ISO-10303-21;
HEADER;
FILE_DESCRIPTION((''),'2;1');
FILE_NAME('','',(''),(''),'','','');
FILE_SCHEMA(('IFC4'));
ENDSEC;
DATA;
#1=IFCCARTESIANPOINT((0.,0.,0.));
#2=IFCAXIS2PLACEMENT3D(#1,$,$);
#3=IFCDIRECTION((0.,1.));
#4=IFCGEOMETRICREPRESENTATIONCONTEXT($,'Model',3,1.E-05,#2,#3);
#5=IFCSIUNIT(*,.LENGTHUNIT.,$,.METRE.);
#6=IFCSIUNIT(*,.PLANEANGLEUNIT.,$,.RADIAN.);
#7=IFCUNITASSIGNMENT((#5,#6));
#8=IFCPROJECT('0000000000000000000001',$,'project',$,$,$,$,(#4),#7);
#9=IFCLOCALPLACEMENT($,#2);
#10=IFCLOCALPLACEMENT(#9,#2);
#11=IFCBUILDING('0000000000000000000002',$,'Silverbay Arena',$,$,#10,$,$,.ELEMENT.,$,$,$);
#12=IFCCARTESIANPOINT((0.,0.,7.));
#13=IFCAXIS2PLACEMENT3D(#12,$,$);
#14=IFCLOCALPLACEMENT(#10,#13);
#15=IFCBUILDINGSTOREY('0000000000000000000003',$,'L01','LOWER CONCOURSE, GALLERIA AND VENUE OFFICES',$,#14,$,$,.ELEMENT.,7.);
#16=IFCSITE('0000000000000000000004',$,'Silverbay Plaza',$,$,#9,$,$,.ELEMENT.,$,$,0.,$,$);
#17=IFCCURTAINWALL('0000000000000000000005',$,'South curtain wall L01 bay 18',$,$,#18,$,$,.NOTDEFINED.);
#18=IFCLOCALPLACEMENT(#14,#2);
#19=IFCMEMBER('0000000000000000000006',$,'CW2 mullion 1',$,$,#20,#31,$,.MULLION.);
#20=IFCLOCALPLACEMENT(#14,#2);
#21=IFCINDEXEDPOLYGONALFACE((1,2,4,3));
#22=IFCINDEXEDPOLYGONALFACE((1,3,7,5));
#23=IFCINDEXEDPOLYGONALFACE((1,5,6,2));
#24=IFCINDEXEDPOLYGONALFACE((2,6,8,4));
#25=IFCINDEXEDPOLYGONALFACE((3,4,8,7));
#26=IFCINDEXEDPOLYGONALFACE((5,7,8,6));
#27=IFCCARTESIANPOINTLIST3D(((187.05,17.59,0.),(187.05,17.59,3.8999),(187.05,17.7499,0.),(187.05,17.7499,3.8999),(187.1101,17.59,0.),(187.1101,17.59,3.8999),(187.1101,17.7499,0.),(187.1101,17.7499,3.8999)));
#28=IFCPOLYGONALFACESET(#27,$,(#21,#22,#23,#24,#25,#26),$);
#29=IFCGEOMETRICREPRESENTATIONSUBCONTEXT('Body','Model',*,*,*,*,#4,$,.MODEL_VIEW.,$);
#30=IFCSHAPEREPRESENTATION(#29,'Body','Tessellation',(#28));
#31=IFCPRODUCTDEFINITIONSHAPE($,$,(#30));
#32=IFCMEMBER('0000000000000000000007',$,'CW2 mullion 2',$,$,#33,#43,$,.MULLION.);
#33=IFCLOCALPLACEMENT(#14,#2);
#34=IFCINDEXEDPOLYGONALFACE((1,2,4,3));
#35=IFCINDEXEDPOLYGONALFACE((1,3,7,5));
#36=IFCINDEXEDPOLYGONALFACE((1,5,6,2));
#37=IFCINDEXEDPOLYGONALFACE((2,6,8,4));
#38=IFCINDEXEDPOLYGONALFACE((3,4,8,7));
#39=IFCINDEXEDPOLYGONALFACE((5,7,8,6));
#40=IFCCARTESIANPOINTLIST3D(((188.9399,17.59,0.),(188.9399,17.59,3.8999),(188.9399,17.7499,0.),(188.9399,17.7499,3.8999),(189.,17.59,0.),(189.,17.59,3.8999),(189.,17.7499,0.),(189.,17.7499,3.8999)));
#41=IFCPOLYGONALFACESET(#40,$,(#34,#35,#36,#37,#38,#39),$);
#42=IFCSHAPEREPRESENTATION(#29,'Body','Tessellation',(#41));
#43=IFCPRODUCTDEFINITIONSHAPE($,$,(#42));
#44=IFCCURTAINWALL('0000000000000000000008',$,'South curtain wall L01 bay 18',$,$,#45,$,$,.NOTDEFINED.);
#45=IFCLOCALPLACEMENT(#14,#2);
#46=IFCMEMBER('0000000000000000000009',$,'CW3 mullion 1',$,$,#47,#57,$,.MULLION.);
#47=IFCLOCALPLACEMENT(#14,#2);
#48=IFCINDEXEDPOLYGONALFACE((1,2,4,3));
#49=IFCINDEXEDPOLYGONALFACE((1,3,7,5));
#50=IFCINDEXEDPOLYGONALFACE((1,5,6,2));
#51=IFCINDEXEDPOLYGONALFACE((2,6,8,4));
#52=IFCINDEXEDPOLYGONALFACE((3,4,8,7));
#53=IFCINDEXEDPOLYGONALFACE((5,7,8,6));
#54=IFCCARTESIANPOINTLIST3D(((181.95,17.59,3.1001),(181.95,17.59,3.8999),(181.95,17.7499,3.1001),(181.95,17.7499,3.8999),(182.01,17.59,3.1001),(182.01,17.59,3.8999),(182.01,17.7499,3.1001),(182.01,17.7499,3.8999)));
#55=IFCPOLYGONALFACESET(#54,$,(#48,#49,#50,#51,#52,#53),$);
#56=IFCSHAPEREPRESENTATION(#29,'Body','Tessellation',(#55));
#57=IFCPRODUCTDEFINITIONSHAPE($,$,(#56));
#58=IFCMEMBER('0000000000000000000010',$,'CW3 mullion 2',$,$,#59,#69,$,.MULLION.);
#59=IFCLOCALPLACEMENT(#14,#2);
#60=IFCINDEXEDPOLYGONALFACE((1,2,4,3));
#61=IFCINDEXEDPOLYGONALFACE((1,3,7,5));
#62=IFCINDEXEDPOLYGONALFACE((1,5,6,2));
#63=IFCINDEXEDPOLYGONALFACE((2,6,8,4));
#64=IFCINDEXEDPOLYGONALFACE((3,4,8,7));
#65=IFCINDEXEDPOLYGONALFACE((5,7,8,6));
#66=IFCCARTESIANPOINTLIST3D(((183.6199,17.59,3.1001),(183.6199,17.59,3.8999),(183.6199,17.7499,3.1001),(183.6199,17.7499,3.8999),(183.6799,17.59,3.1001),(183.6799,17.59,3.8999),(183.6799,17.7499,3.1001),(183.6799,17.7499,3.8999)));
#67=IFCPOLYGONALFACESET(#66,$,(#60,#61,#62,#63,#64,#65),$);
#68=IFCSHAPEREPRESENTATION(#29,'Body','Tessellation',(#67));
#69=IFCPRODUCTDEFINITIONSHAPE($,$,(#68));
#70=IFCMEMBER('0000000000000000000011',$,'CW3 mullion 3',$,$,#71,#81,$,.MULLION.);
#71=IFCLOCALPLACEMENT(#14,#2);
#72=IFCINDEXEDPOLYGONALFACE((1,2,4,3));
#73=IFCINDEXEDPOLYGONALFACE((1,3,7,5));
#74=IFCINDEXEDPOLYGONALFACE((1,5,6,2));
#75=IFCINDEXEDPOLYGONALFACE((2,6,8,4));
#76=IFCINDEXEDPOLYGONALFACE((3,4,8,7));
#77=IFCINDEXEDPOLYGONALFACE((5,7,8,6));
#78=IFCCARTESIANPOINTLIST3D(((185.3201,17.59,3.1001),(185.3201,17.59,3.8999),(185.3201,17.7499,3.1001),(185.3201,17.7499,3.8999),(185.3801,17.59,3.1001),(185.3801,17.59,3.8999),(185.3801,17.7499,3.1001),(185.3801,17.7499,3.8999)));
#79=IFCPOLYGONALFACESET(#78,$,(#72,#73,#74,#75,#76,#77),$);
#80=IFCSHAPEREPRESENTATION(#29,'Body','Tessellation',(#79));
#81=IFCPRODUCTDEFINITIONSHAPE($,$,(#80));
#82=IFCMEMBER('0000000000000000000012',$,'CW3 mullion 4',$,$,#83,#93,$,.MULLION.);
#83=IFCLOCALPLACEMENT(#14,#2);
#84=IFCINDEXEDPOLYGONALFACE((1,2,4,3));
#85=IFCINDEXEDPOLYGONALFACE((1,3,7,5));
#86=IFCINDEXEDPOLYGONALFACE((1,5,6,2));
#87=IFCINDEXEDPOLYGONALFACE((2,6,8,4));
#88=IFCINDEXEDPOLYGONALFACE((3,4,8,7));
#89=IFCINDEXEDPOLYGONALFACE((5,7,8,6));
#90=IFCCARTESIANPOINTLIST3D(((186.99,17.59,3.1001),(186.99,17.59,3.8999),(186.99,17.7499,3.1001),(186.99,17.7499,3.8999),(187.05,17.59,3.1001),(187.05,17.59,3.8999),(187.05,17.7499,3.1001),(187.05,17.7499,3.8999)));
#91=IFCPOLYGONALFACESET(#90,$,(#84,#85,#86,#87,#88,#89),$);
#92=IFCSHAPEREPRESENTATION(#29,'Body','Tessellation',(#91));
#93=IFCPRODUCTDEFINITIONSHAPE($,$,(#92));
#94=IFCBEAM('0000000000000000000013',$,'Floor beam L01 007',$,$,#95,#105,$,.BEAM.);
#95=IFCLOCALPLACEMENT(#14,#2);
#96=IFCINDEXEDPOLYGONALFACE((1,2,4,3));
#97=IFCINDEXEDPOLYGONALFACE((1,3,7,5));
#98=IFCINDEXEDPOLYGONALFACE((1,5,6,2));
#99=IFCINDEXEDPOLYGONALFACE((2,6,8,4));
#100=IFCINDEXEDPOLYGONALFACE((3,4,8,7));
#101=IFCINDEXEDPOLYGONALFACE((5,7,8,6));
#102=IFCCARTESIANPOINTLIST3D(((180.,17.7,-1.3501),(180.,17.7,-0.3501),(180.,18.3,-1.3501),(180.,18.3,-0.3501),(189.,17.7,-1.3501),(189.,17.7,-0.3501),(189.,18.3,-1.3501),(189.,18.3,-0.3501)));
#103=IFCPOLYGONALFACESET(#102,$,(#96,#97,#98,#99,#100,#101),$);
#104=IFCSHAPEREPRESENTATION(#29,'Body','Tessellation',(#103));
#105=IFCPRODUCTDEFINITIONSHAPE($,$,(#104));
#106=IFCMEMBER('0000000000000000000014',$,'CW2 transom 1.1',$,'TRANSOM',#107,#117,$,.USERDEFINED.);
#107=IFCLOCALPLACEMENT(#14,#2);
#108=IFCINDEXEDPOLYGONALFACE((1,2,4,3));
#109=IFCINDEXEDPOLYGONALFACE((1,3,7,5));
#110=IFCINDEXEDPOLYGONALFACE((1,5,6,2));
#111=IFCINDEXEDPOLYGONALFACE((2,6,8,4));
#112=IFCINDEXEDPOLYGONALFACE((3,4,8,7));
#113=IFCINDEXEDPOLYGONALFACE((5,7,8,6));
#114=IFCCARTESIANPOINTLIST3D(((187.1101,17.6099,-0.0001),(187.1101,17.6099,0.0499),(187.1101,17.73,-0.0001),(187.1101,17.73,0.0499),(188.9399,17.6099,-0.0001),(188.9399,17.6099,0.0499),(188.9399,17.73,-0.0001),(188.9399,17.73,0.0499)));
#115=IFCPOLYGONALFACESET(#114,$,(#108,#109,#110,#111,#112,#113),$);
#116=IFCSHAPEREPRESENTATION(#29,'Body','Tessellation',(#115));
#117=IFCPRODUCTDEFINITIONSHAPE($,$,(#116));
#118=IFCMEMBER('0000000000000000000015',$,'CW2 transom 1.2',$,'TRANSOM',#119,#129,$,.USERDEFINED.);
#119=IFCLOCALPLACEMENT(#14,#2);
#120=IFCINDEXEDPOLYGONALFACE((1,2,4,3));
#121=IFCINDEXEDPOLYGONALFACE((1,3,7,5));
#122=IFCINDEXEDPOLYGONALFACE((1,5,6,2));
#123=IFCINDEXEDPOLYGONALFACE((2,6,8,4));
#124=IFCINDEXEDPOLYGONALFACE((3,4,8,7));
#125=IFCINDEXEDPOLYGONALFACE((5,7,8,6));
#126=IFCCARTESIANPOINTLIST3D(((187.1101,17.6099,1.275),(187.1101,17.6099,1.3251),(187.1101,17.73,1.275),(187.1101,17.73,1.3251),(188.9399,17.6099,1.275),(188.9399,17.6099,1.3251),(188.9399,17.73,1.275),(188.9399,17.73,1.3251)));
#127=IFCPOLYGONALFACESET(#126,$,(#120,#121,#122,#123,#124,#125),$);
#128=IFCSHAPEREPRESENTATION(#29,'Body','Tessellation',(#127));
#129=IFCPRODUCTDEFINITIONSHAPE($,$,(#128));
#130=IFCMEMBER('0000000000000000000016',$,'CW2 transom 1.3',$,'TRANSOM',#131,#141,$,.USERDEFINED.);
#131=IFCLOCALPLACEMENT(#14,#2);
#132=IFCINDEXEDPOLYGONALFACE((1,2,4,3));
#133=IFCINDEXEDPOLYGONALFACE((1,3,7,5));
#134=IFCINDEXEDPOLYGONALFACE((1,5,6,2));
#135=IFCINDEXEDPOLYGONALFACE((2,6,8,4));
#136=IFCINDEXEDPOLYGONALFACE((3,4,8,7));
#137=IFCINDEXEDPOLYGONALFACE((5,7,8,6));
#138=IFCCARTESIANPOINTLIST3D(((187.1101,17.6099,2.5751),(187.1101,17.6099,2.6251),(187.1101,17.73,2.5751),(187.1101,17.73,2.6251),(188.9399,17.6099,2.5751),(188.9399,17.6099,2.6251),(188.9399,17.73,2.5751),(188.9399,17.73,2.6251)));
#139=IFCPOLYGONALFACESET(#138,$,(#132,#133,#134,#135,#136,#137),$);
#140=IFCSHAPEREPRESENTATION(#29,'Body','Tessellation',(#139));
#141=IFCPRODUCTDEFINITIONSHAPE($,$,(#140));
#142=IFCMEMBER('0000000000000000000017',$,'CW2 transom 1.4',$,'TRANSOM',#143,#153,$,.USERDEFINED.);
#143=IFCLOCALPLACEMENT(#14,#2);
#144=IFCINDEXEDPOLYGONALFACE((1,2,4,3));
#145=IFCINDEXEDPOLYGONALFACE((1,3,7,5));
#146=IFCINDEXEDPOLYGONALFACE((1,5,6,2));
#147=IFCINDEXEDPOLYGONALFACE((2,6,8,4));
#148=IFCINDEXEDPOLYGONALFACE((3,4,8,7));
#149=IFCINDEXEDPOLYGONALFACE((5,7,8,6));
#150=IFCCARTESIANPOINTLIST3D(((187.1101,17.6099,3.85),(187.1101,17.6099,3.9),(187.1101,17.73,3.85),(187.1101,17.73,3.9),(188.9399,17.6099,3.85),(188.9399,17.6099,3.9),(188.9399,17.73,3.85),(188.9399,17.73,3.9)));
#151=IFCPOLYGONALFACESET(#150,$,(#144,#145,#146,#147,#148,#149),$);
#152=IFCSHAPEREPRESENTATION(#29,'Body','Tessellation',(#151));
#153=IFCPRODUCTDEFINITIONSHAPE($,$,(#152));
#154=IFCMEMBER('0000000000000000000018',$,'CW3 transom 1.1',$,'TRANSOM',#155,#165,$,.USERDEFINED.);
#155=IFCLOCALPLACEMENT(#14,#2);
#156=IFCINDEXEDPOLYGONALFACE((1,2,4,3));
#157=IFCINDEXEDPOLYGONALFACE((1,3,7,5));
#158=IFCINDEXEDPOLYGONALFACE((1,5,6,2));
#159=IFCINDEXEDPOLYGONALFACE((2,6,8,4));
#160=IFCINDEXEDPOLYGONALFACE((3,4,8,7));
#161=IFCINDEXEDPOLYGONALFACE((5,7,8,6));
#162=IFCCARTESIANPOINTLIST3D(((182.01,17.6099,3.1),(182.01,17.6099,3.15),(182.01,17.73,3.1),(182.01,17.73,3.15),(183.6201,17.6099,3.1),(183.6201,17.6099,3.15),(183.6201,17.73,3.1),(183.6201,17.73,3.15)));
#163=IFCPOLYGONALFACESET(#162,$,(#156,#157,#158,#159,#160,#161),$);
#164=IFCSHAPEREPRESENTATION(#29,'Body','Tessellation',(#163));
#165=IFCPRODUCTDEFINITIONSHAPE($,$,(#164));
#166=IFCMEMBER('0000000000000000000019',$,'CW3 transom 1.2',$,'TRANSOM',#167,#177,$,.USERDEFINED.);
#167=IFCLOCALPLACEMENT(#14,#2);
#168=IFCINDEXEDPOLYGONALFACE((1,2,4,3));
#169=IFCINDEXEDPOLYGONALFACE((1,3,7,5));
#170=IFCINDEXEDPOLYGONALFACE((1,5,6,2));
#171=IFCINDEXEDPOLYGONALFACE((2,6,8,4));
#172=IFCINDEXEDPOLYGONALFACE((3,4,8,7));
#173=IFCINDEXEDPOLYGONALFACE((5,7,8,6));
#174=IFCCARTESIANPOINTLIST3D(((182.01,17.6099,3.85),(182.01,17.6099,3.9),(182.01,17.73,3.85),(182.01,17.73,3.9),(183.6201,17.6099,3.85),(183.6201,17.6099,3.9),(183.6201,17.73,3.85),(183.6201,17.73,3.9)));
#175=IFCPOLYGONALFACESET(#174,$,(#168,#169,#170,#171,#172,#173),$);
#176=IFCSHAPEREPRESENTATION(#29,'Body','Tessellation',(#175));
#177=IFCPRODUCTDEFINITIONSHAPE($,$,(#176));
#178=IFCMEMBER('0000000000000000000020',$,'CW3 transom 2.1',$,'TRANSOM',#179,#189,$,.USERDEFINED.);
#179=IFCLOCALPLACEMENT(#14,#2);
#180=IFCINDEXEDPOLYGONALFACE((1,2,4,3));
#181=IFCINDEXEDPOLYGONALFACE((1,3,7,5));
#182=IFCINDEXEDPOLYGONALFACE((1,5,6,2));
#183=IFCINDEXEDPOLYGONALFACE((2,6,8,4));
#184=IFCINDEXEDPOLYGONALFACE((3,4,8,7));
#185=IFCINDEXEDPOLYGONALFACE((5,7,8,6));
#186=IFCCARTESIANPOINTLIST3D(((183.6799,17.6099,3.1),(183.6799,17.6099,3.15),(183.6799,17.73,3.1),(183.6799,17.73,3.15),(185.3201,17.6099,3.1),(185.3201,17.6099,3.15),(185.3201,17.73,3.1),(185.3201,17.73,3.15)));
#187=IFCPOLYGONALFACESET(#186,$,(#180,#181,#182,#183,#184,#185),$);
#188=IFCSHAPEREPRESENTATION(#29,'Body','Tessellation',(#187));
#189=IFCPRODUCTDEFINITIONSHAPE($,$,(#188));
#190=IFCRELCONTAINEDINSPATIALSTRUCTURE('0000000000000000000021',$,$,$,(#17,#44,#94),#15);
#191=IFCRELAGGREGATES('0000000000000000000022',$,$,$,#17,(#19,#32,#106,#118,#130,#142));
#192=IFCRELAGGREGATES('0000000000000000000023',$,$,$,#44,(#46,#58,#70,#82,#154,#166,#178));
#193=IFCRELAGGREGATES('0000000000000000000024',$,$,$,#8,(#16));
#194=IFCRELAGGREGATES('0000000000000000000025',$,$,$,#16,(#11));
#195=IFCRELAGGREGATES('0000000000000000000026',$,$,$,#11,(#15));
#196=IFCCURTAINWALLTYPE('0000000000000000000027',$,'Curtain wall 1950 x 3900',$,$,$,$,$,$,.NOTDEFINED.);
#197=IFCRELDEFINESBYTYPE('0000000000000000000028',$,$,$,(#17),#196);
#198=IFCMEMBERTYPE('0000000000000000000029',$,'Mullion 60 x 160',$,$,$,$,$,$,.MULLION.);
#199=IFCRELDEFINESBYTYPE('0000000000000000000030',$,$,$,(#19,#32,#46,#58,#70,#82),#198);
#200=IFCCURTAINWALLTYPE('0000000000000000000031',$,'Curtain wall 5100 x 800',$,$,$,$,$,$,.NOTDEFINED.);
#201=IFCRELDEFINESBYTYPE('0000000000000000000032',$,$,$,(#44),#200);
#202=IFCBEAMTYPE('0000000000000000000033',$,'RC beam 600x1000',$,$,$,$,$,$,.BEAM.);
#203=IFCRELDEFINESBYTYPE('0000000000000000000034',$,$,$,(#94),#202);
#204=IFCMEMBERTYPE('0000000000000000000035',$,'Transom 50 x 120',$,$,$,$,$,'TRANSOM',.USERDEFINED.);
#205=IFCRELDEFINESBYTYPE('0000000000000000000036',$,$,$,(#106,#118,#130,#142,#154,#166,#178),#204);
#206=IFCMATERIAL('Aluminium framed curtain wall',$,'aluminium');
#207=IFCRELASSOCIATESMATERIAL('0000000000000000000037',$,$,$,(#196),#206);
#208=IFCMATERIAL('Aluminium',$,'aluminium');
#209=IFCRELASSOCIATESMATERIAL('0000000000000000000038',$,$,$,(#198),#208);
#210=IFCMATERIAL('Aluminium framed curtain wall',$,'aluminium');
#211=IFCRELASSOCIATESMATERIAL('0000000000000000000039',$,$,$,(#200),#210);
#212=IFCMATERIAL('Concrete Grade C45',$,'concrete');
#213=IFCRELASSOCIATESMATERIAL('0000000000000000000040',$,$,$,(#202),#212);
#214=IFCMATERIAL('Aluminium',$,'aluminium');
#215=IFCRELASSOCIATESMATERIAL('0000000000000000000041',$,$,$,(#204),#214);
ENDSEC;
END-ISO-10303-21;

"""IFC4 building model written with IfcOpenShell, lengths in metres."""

from ifc_helpers import new_model, si_unit, direction, frame, origin, origin_2d, place, context, subcontext, project, spatial, rectangle, extrude, material, material_profile, profile_set, type_object, element, aggregate, save


model = new_model("IFC4")

# Units and contexts
model_context = context("Model", 3, precision=1e-05, world=origin(), true_north=direction((0.0, 1.0)))
body_context = subcontext(model_context, "Body", "Model", "MODEL_VIEW")
ifc_project = project(units=[si_unit("LENGTHUNIT", "METRE"), si_unit("PLANEANGLEUNIT", "RADIAN")], contexts=[model_context])

# Site, building, storey
site_placement = place(None, origin())
site = spatial("IfcSite", under=ifc_project, at=site_placement, Name="Silverbay Plaza", CompositionType="ELEMENT", RefElevation=0.0)
building_placement = place(site_placement, origin())
building = spatial("IfcBuilding", under=site, at=building_placement, Name="Silverbay Arena", CompositionType="ELEMENT")
storey_placement = place(building_placement, frame((0.0, 0.0, 7.0)))
storey = spatial("IfcBuildingStorey", under=building, at=storey_placement, Name="L01", Description="LOWER CONCOURSE, GALLERIA AND VENUE OFFICES", CompositionType="ELEMENT", Elevation=7.0)

# Curtain walls, members
ifc_material_1 = material(Name="Aluminium framed curtain wall", Category="aluminium")
curtain_wall_type_1 = type_object("IfcCurtainWallType", Name="Curtain wall 1950 x 3900", PredefinedType="NOTDEFINED", material=ifc_material_1)
curtain_wall_1_placement = place(storey_placement, origin())
curtain_wall_1 = element("IfcCurtainWall", 1, at=curtain_wall_1_placement, inside=storey, type_object=curtain_wall_type_1, Name="South curtain wall L01 bay 18", PredefinedType="NOTDEFINED")
ifc_material_2 = material(Name="Aluminium", Category="aluminium")
ifc_material_profile_1 = material_profile(ifc_material_2, rectangle(XDim=0.1599, YDim=0.0601, at=origin_2d()), Name="Mullion 60 x 160")
ifc_profile_set_1 = profile_set([ifc_material_profile_1], Name="Aluminium")
member_type_1 = type_object("IfcMemberType", Name="Mullion 60 x 160", PredefinedType="MULLION", material=ifc_profile_set_1)
member_1_placement = place(storey_placement, frame((187.0801, 17.6699, 0.0), z_axis=(0.0, 0.0, 1.0), x_axis=(0.0, 1.0, 0.0)))
member_1 = element("IfcMember", 2, at=member_1_placement, type_object=member_type_1, Name="CW2 mullion 1", PredefinedType="MULLION", context=body_context, shape_type="SweptSolid", body=[
    extrude(rectangle(XDim=0.1599, YDim=0.0601, at=origin_2d()), origin(), (0.0, 0.0, 1.0), 3.8999),
])
member_2_placement = place(storey_placement, frame((188.97, 17.6699, 0.0), z_axis=(0.0, 0.0, 1.0), x_axis=(0.0, 1.0, 0.0)))
member_2 = element("IfcMember", 3, at=member_2_placement, type_object=member_type_1, Name="CW2 mullion 2", PredefinedType="MULLION", context=body_context, shape_type="SweptSolid", body=[
    extrude(rectangle(XDim=0.1599, YDim=0.0601, at=origin_2d()), origin(), (0.0, 0.0, 1.0), 3.8999),
])
ifc_material_3 = material(Name="Aluminium framed curtain wall", Category="aluminium")
curtain_wall_type_2 = type_object("IfcCurtainWallType", Name="Curtain wall 5100 x 800", PredefinedType="NOTDEFINED", material=ifc_material_3)
curtain_wall_2_placement = place(storey_placement, origin())
curtain_wall_2 = element("IfcCurtainWall", 4, at=curtain_wall_2_placement, inside=storey, type_object=curtain_wall_type_2, Name="South curtain wall L01 bay 18", PredefinedType="NOTDEFINED")
member_3_placement = place(storey_placement, frame((181.98, 17.6699, 3.1001), z_axis=(0.0, 0.0, 1.0), x_axis=(0.0, 1.0, 0.0)))
member_3 = element("IfcMember", 5, at=member_3_placement, type_object=member_type_1, Name="CW3 mullion 1", PredefinedType="MULLION", context=body_context, shape_type="SweptSolid", body=[
    extrude(rectangle(XDim=0.1599, YDim=0.0601, at=origin_2d()), origin(), (0.0, 0.0, 1.0), 0.7998),
])
member_4_placement = place(storey_placement, frame((183.6499, 17.6699, 3.1001), z_axis=(0.0, 0.0, 1.0), x_axis=(0.0, 1.0, 0.0)))
member_4 = element("IfcMember", 6, at=member_4_placement, type_object=member_type_1, Name="CW3 mullion 2", PredefinedType="MULLION", context=body_context, shape_type="SweptSolid", body=[
    extrude(rectangle(XDim=0.1599, YDim=0.0601, at=origin_2d()), origin(), (0.0, 0.0, 1.0), 0.7998),
])
member_5_placement = place(storey_placement, frame((185.3501, 17.6699, 3.1001), z_axis=(0.0, 0.0, 1.0), x_axis=(0.0, 1.0, 0.0)))
member_5 = element("IfcMember", 7, at=member_5_placement, type_object=member_type_1, Name="CW3 mullion 3", PredefinedType="MULLION", context=body_context, shape_type="SweptSolid", body=[
    extrude(rectangle(XDim=0.1599, YDim=0.0601, at=origin_2d()), origin(), (0.0, 0.0, 1.0), 0.7998),
])
member_6_placement = place(storey_placement, frame((187.02, 17.6699, 3.1001), z_axis=(0.0, 0.0, 1.0), x_axis=(0.0, 1.0, 0.0)))
member_6 = element("IfcMember", 8, at=member_6_placement, type_object=member_type_1, Name="CW3 mullion 4", PredefinedType="MULLION", context=body_context, shape_type="SweptSolid", body=[
    extrude(rectangle(XDim=0.1599, YDim=0.0601, at=origin_2d()), origin(), (0.0, 0.0, 1.0), 0.7998),
])

# Beam
ifc_material_4 = material(Name="Concrete Grade C45", Category="concrete")
ifc_material_profile_2 = material_profile(ifc_material_4, rectangle(XDim=0.6001, YDim=1.0, at=origin_2d()), Name="RC 600x1000")
ifc_profile_set_2 = profile_set([ifc_material_profile_2], Name="Concrete Grade C45")
beam_type = type_object("IfcBeamType", Name="RC beam 600x1000", PredefinedType="BEAM", material=ifc_profile_set_2)
beam_placement = place(storey_placement, frame((180.0, 18.0, -0.8501), z_axis=(1.0, 0.0, 0.0), x_axis=(0.0, 1.0, 0.0)))
element("IfcBeam", 9, at=beam_placement, inside=storey, type_object=beam_type, Name="Floor beam L01 007", PredefinedType="BEAM", context=body_context, shape_type="SweptSolid", body=[
    extrude(rectangle(XDim=0.6001, YDim=1.0, at=origin_2d()), origin(), (0.0, 0.0, 1.0), 9.0),
])

# Members
ifc_material_5 = material(Name="Aluminium", Category="aluminium")
ifc_material_profile_3 = material_profile(ifc_material_5, rectangle(XDim=0.1201, YDim=0.05, at=origin_2d()), Name="Transom 50 x 120")
ifc_profile_set_3 = profile_set([ifc_material_profile_3], Name="Aluminium")
member_type_2 = type_object("IfcMemberType", Name="Transom 50 x 120", ElementType="TRANSOM", PredefinedType="USERDEFINED", material=ifc_profile_set_3)
member_7_placement = place(storey_placement, frame((187.1101, 17.6699, 0.0249), z_axis=(1.0, 0.0, 0.0), x_axis=(0.0, 1.0, 0.0)))
member_7 = element("IfcMember", 10, at=member_7_placement, type_object=member_type_2, Name="CW2 transom 1.1", ObjectType="TRANSOM", PredefinedType="USERDEFINED", context=body_context, shape_type="SweptSolid", body=[
    extrude(rectangle(XDim=0.1201, YDim=0.05, at=origin_2d()), origin(), (0.0, 0.0, 1.0), 1.8298),
])
member_8_placement = place(storey_placement, frame((187.1101, 17.6699, 1.3), z_axis=(1.0, 0.0, 0.0), x_axis=(0.0, 1.0, 0.0)))
member_8 = element("IfcMember", 11, at=member_8_placement, type_object=member_type_2, Name="CW2 transom 1.2", ObjectType="TRANSOM", PredefinedType="USERDEFINED", context=body_context, shape_type="SweptSolid", body=[
    extrude(rectangle(XDim=0.1201, YDim=0.05, at=origin_2d()), origin(), (0.0, 0.0, 1.0), 1.8298),
])
member_9_placement = place(storey_placement, frame((187.1101, 17.6699, 2.6001), z_axis=(1.0, 0.0, 0.0), x_axis=(0.0, 1.0, 0.0)))
member_9 = element("IfcMember", 12, at=member_9_placement, type_object=member_type_2, Name="CW2 transom 1.3", ObjectType="TRANSOM", PredefinedType="USERDEFINED", context=body_context, shape_type="SweptSolid", body=[
    extrude(rectangle(XDim=0.1201, YDim=0.05, at=origin_2d()), origin(), (0.0, 0.0, 1.0), 1.8298),
])
member_10_placement = place(storey_placement, frame((187.1101, 17.6699, 3.875), z_axis=(1.0, 0.0, 0.0), x_axis=(0.0, 1.0, 0.0)))
member_10 = element("IfcMember", 13, at=member_10_placement, type_object=member_type_2, Name="CW2 transom 1.4", ObjectType="TRANSOM", PredefinedType="USERDEFINED", context=body_context, shape_type="SweptSolid", body=[
    extrude(rectangle(XDim=0.1201, YDim=0.05, at=origin_2d()), origin(), (0.0, 0.0, 1.0), 1.8298),
])
member_11_placement = place(storey_placement, frame((182.01, 17.6699, 3.125), z_axis=(1.0, 0.0, 0.0), x_axis=(0.0, 1.0, 0.0)))
member_11 = element("IfcMember", 14, at=member_11_placement, type_object=member_type_2, Name="CW3 transom 1.1", ObjectType="TRANSOM", PredefinedType="USERDEFINED", context=body_context, shape_type="SweptSolid", body=[
    extrude(rectangle(XDim=0.1201, YDim=0.05, at=origin_2d()), origin(), (0.0, 0.0, 1.0), 1.6101),
])
member_12_placement = place(storey_placement, frame((182.01, 17.6699, 3.875), z_axis=(1.0, 0.0, 0.0), x_axis=(0.0, 1.0, 0.0)))
member_12 = element("IfcMember", 15, at=member_12_placement, type_object=member_type_2, Name="CW3 transom 1.2", ObjectType="TRANSOM", PredefinedType="USERDEFINED", context=body_context, shape_type="SweptSolid", body=[
    extrude(rectangle(XDim=0.1201, YDim=0.05, at=origin_2d()), origin(), (0.0, 0.0, 1.0), 1.6101),
])
member_13_placement = place(storey_placement, frame((183.6799, 17.6699, 3.125), z_axis=(1.0, 0.0, 0.0), x_axis=(0.0, 1.0, 0.0)))
member_13 = element("IfcMember", 16, at=member_13_placement, type_object=member_type_2, Name="CW3 transom 2.1", ObjectType="TRANSOM", PredefinedType="USERDEFINED", context=body_context, shape_type="SweptSolid", body=[
    extrude(rectangle(XDim=0.1201, YDim=0.05, at=origin_2d()), origin(), (0.0, 0.0, 1.0), 1.6401),
])

aggregate(curtain_wall_1, [member_1, member_2, member_7, member_8, member_9, member_10])
aggregate(curtain_wall_2, [member_3, member_4, member_5, member_6, member_11, member_12, member_13])

save(model, "model.ifc")
